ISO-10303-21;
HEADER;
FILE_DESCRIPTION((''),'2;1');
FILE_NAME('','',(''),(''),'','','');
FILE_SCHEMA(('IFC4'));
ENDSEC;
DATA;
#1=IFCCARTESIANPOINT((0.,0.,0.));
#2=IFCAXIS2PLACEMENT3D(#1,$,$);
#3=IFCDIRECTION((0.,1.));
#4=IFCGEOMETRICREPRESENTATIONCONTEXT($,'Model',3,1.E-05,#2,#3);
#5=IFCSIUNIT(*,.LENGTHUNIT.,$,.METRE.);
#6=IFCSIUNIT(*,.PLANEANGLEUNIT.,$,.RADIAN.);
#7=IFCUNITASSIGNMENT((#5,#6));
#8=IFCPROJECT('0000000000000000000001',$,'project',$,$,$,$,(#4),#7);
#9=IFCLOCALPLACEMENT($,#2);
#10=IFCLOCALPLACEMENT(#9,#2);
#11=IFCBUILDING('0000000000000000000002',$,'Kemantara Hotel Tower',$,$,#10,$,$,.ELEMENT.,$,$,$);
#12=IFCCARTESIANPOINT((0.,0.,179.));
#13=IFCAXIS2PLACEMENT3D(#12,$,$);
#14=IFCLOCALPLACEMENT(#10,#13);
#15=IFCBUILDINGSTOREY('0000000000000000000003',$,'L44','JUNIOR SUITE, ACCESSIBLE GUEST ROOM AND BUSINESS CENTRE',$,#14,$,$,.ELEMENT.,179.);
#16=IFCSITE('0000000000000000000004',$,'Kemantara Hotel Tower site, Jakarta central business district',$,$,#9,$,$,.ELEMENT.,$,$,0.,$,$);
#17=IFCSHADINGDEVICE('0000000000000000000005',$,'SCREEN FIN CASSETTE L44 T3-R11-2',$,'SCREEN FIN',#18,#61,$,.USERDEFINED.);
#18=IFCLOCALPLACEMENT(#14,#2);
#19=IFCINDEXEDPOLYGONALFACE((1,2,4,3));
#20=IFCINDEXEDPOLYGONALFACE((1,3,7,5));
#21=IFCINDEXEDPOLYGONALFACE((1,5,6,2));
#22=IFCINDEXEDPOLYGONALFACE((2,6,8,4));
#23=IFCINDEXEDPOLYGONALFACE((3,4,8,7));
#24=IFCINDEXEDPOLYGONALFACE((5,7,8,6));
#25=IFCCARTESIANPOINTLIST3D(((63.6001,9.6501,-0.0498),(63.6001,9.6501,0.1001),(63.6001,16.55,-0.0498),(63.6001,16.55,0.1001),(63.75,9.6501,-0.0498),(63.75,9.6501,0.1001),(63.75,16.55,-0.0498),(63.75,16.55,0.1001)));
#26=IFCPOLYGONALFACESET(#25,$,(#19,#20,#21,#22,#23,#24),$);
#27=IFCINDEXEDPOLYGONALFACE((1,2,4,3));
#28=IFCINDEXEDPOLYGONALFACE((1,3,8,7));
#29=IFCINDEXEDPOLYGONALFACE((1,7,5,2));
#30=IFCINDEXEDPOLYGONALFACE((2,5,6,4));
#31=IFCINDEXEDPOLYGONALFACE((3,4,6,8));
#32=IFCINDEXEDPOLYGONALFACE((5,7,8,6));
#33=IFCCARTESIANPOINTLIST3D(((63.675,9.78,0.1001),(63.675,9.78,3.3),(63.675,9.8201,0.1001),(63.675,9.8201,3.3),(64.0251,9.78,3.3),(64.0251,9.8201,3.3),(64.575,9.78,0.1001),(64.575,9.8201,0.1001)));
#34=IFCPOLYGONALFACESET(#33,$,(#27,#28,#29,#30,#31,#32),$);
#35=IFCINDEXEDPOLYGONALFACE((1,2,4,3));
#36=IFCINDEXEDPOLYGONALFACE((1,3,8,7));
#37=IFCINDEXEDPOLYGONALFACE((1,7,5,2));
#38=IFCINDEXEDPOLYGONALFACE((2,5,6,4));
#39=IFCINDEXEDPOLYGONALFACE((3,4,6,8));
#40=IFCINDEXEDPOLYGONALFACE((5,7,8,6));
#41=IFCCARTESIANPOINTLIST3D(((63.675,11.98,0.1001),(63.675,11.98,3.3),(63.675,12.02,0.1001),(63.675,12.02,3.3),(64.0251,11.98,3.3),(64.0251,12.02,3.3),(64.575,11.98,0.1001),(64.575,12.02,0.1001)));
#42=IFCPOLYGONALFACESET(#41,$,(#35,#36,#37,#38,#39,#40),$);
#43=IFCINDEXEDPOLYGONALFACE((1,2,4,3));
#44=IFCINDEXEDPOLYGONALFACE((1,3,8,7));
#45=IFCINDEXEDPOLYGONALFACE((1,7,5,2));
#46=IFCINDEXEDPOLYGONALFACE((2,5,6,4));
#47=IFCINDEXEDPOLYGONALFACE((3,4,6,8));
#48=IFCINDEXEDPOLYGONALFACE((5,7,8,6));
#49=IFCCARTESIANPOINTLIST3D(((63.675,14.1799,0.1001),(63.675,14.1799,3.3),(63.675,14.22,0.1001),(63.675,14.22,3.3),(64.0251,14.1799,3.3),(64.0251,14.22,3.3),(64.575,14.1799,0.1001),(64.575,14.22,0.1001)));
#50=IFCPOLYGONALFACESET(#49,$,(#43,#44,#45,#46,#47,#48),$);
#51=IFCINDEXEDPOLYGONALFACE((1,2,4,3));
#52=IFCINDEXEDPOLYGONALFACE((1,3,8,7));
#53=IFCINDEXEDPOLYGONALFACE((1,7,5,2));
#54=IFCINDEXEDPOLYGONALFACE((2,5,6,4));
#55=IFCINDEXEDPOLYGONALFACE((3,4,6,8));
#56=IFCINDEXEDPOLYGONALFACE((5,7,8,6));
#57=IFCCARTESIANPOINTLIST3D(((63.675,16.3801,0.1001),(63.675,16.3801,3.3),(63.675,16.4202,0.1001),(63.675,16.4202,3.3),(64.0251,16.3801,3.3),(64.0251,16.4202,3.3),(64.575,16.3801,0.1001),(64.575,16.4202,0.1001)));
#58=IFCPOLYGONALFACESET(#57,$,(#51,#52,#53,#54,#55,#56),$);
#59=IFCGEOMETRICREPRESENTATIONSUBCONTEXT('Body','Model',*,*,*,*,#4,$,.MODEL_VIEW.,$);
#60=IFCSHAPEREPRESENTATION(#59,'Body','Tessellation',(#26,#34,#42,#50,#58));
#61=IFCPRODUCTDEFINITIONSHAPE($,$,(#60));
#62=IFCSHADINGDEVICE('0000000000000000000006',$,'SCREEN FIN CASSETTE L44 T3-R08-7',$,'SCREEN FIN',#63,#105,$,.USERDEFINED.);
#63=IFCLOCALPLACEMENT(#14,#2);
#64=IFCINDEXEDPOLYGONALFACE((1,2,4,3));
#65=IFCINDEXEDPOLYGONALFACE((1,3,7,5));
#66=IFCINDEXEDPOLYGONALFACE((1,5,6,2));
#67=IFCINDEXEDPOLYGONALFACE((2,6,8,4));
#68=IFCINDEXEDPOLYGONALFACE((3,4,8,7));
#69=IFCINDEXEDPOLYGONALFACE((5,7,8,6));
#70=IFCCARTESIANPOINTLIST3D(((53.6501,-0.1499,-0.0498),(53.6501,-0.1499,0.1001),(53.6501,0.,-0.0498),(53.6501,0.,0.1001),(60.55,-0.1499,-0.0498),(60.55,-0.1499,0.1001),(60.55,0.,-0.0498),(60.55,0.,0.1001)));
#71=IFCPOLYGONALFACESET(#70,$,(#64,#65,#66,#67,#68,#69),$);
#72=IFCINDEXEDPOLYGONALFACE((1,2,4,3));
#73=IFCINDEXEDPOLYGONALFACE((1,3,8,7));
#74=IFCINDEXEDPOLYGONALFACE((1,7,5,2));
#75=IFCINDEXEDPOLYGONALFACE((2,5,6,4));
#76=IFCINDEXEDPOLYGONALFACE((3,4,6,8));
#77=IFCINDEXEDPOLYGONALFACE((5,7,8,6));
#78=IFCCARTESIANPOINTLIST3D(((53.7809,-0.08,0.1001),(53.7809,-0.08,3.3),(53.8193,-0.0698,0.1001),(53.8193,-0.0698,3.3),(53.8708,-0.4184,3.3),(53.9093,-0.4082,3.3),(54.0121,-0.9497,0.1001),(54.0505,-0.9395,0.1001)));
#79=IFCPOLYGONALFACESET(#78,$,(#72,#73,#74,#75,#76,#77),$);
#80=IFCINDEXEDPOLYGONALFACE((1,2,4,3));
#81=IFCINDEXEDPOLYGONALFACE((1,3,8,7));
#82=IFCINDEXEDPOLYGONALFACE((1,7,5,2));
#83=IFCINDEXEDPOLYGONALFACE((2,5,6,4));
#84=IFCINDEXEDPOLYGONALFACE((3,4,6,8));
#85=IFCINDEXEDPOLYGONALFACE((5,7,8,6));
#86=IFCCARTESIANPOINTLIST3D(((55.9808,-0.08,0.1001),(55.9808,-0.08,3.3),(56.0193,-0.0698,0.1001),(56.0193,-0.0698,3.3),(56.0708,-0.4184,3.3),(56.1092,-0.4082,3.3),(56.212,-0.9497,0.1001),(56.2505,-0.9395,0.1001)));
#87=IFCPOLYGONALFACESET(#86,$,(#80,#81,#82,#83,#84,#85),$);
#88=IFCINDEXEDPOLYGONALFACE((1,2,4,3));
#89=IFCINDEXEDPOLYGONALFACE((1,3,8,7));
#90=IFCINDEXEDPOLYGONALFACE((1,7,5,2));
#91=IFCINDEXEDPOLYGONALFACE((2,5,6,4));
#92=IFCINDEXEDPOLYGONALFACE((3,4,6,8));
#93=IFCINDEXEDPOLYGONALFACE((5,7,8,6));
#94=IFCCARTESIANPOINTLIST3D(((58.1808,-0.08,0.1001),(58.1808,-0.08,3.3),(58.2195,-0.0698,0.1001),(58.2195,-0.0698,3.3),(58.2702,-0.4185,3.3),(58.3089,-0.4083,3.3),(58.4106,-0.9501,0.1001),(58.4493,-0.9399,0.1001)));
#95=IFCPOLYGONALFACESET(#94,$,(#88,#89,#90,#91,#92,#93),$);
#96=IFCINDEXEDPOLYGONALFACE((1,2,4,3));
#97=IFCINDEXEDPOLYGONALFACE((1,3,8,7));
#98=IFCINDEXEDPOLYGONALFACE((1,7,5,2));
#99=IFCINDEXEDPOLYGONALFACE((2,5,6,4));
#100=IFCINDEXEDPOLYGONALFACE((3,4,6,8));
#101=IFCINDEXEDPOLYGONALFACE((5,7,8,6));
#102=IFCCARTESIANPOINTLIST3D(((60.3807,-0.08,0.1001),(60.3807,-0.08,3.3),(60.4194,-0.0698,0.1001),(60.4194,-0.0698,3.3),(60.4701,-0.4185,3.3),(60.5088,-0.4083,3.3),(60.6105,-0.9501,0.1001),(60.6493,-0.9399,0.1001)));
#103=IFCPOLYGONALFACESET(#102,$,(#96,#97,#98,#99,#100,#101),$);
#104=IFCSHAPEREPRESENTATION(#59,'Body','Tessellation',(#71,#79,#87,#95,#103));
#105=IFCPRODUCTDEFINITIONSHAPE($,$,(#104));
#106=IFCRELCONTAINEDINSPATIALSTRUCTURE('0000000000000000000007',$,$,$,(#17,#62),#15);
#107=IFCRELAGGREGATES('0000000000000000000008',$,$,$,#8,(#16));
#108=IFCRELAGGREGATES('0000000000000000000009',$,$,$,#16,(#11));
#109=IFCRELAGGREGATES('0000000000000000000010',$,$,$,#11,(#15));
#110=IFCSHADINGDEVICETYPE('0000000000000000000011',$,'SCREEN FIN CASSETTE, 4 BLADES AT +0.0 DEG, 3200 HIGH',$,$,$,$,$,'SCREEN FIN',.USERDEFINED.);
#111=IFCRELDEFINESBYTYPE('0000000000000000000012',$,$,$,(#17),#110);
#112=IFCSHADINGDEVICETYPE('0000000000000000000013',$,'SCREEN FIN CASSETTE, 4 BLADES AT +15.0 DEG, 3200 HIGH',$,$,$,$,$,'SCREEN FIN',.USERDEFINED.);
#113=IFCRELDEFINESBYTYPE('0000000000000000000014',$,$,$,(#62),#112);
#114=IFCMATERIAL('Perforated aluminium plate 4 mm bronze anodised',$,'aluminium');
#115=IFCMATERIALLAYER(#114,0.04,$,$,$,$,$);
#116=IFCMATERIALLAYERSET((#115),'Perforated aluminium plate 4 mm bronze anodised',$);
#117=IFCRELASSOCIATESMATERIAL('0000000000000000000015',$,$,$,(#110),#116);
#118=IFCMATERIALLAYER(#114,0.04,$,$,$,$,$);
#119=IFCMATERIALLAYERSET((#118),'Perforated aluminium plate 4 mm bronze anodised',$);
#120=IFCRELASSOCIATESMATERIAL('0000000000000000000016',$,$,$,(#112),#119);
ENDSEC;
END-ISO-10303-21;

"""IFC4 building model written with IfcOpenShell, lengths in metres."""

from ifc_helpers import new_model, si_unit, direction, frame, origin, origin_2d, place, context, subcontext, project, spatial, polyline, rectangle, outline, extrude, source, transform, mapped, material, layer, layer_set, type_object, element, save


model = new_model("IFC4")

# Units and contexts
model_context = context("Model", 3, precision=1e-05, world=origin(), true_north=direction((0.0, 1.0)))
body_context = subcontext(model_context, "Body", "Model", "MODEL_VIEW")
ifc_project = project(units=[si_unit("LENGTHUNIT", "METRE"), si_unit("PLANEANGLEUNIT", "RADIAN")], contexts=[model_context])

# Site, building, storey
site_placement = place(None, origin())
site = spatial("IfcSite", under=ifc_project, at=site_placement, Name="Kemantara Hotel Tower site, Jakarta central business district", CompositionType="ELEMENT", RefElevation=0.0)
building_placement = place(site_placement, origin())
building = spatial("IfcBuilding", under=site, at=building_placement, Name="Kemantara Hotel Tower", CompositionType="ELEMENT")
storey_placement = place(building_placement, frame((0.0, 0.0, 179.0)))
storey = spatial("IfcBuildingStorey", under=building, at=storey_placement, Name="L44", Description="JUNIOR SUITE, ACCESSIBLE GUEST ROOM AND BUSINESS CENTRE", CompositionType="ELEMENT", Elevation=179.0)

# Shading devices
ifc_material_1 = material(Name="Perforated aluminium plate 4 mm bronze anodised", Category="aluminium")
ifc_layer_1 = layer(ifc_material_1, 0.04)
ifc_layer_set_1 = layer_set([ifc_layer_1], Name="Perforated aluminium plate 4 mm bronze anodised")
shading_device_type_1 = type_object("IfcShadingDeviceType", Name="SCREEN FIN CASSETTE, 4 BLADES AT +0.0 DEG, 3200 HIGH", ElementType="SCREEN FIN", PredefinedType="USERDEFINED", material=ifc_layer_set_1)
shared_shape_1 = source(origin(), body_context, "Body", "SweptSolid", [
    extrude(rectangle(XDim=6.8999, YDim=0.1499, at=origin_2d()), frame((3.3, -0.075, -0.1499), z_axis=(0.0, 0.0, 1.0), x_axis=(1.0, 0.0, 0.0)), (0.0, 0.0, 1.0), 0.1499),
    extrude(outline(polyline([(0.0, 0.0), (0.8999, 0.0), (0.3501, 3.2), (0.0, 3.2), (0.0, 0.0)])), frame((0.02, -0.075, 0.0), z_axis=(-1.0, 0.0, 0.0), x_axis=(0.0, -1.0, 0.0)), (0.0, 0.0, 1.0), 0.04),
    extrude(outline(polyline([(0.0, 0.0), (0.8999, 0.0), (0.3501, 3.2), (0.0, 3.2), (0.0, 0.0)])), frame((2.22, -0.075, 0.0), z_axis=(-1.0, 0.0, 0.0), x_axis=(0.0, -1.0, 0.0)), (0.0, 0.0, 1.0), 0.04),
    extrude(outline(polyline([(0.0, 0.0), (0.8999, 0.0), (0.3501, 3.2), (0.0, 3.2), (0.0, 0.0)])), frame((4.4199, -0.075, 0.0), z_axis=(-1.0, 0.0, 0.0), x_axis=(0.0, -1.0, 0.0)), (0.0, 0.0, 1.0), 0.04),
    extrude(outline(polyline([(0.0, 0.0), (0.8999, 0.0), (0.3501, 3.2), (0.0, 3.2), (0.0, 0.0)])), frame((6.6201, -0.075, 0.0), z_axis=(-1.0, 0.0, 0.0), x_axis=(0.0, -1.0, 0.0)), (0.0, 0.0, 1.0), 0.04),
])
shading_device_1_placement = place(storey_placement, frame((63.6001, 9.8, 0.1001), z_axis=(0.0, 0.0, 1.0), x_axis=(0.0, 1.0, 0.0)))
element("IfcShadingDevice", 1, at=shading_device_1_placement, inside=storey, type_object=shading_device_type_1, Name="SCREEN FIN CASSETTE L44 T3-R11-2", ObjectType="SCREEN FIN", PredefinedType="USERDEFINED", context=body_context, shape_type="MappedRepresentation", body=[
    mapped(shared_shape_1, transform((0.0, 0.0, 0.0))),
])
ifc_layer_2 = layer(ifc_material_1, 0.04)
ifc_layer_set_2 = layer_set([ifc_layer_2], Name="Perforated aluminium plate 4 mm bronze anodised")
shading_device_type_2 = type_object("IfcShadingDeviceType", Name="SCREEN FIN CASSETTE, 4 BLADES AT +15.0 DEG, 3200 HIGH", ElementType="SCREEN FIN", PredefinedType="USERDEFINED", material=ifc_layer_set_2)
shared_shape_2 = source(origin(), body_context, "Body", "SweptSolid", [
    extrude(rectangle(XDim=6.8999, YDim=0.1499, at=origin_2d()), frame((3.3, -0.075, -0.1499), z_axis=(0.0, 0.0, 1.0), x_axis=(1.0, 0.0, 0.0)), (0.0, 0.0, 1.0), 0.1499),
    extrude(outline(polyline([(0.0, 0.0), (0.8999, 0.0), (0.3501, 3.2), (0.0, 3.2), (0.0, 0.0)])), frame((0.0193, -0.0698, 0.0), z_axis=(-0.966438, -0.256901, 0.0), x_axis=(0.256901, -0.966438, 0.0)), (0.0, 0.0, 1.0), 0.0398),
    extrude(outline(polyline([(0.0, 0.0), (0.8999, 0.0), (0.3501, 3.2), (0.0, 3.2), (0.0, 0.0)])), frame((2.2192, -0.0698, 0.0), z_axis=(-0.966438, -0.256901, 0.0), x_axis=(0.256901, -0.966438, 0.0)), (0.0, 0.0, 1.0), 0.0398),
    extrude(outline(polyline([(0.0, 0.0), (0.8999, 0.0), (0.3501, 3.2), (0.0, 3.2), (0.0, 0.0)])), frame((4.4194, -0.0698, 0.0), z_axis=(-0.966838, -0.255391, 0.0), x_axis=(0.255391, -0.966838, 0.0)), (0.0, 0.0, 1.0), 0.04),
    extrude(outline(polyline([(0.0, 0.0), (0.8999, 0.0), (0.3501, 3.2), (0.0, 3.2), (0.0, 0.0)])), frame((6.6194, -0.0698, 0.0), z_axis=(-0.966838, -0.255391, 0.0), x_axis=(0.255391, -0.966838, 0.0)), (0.0, 0.0, 1.0), 0.04),
])
shading_device_2_placement = place(storey_placement, frame((53.8, 0.0, 0.1001), z_axis=(0.0, 0.0, 1.0), x_axis=(1.0, 0.0, 0.0)))
element("IfcShadingDevice", 2, at=shading_device_2_placement, inside=storey, type_object=shading_device_type_2, Name="SCREEN FIN CASSETTE L44 T3-R08-7", ObjectType="SCREEN FIN", PredefinedType="USERDEFINED", context=body_context, shape_type="MappedRepresentation", body=[
    mapped(shared_shape_2, transform((0.0, 0.0, 0.0))),
])

save(model, "model.ifc")
